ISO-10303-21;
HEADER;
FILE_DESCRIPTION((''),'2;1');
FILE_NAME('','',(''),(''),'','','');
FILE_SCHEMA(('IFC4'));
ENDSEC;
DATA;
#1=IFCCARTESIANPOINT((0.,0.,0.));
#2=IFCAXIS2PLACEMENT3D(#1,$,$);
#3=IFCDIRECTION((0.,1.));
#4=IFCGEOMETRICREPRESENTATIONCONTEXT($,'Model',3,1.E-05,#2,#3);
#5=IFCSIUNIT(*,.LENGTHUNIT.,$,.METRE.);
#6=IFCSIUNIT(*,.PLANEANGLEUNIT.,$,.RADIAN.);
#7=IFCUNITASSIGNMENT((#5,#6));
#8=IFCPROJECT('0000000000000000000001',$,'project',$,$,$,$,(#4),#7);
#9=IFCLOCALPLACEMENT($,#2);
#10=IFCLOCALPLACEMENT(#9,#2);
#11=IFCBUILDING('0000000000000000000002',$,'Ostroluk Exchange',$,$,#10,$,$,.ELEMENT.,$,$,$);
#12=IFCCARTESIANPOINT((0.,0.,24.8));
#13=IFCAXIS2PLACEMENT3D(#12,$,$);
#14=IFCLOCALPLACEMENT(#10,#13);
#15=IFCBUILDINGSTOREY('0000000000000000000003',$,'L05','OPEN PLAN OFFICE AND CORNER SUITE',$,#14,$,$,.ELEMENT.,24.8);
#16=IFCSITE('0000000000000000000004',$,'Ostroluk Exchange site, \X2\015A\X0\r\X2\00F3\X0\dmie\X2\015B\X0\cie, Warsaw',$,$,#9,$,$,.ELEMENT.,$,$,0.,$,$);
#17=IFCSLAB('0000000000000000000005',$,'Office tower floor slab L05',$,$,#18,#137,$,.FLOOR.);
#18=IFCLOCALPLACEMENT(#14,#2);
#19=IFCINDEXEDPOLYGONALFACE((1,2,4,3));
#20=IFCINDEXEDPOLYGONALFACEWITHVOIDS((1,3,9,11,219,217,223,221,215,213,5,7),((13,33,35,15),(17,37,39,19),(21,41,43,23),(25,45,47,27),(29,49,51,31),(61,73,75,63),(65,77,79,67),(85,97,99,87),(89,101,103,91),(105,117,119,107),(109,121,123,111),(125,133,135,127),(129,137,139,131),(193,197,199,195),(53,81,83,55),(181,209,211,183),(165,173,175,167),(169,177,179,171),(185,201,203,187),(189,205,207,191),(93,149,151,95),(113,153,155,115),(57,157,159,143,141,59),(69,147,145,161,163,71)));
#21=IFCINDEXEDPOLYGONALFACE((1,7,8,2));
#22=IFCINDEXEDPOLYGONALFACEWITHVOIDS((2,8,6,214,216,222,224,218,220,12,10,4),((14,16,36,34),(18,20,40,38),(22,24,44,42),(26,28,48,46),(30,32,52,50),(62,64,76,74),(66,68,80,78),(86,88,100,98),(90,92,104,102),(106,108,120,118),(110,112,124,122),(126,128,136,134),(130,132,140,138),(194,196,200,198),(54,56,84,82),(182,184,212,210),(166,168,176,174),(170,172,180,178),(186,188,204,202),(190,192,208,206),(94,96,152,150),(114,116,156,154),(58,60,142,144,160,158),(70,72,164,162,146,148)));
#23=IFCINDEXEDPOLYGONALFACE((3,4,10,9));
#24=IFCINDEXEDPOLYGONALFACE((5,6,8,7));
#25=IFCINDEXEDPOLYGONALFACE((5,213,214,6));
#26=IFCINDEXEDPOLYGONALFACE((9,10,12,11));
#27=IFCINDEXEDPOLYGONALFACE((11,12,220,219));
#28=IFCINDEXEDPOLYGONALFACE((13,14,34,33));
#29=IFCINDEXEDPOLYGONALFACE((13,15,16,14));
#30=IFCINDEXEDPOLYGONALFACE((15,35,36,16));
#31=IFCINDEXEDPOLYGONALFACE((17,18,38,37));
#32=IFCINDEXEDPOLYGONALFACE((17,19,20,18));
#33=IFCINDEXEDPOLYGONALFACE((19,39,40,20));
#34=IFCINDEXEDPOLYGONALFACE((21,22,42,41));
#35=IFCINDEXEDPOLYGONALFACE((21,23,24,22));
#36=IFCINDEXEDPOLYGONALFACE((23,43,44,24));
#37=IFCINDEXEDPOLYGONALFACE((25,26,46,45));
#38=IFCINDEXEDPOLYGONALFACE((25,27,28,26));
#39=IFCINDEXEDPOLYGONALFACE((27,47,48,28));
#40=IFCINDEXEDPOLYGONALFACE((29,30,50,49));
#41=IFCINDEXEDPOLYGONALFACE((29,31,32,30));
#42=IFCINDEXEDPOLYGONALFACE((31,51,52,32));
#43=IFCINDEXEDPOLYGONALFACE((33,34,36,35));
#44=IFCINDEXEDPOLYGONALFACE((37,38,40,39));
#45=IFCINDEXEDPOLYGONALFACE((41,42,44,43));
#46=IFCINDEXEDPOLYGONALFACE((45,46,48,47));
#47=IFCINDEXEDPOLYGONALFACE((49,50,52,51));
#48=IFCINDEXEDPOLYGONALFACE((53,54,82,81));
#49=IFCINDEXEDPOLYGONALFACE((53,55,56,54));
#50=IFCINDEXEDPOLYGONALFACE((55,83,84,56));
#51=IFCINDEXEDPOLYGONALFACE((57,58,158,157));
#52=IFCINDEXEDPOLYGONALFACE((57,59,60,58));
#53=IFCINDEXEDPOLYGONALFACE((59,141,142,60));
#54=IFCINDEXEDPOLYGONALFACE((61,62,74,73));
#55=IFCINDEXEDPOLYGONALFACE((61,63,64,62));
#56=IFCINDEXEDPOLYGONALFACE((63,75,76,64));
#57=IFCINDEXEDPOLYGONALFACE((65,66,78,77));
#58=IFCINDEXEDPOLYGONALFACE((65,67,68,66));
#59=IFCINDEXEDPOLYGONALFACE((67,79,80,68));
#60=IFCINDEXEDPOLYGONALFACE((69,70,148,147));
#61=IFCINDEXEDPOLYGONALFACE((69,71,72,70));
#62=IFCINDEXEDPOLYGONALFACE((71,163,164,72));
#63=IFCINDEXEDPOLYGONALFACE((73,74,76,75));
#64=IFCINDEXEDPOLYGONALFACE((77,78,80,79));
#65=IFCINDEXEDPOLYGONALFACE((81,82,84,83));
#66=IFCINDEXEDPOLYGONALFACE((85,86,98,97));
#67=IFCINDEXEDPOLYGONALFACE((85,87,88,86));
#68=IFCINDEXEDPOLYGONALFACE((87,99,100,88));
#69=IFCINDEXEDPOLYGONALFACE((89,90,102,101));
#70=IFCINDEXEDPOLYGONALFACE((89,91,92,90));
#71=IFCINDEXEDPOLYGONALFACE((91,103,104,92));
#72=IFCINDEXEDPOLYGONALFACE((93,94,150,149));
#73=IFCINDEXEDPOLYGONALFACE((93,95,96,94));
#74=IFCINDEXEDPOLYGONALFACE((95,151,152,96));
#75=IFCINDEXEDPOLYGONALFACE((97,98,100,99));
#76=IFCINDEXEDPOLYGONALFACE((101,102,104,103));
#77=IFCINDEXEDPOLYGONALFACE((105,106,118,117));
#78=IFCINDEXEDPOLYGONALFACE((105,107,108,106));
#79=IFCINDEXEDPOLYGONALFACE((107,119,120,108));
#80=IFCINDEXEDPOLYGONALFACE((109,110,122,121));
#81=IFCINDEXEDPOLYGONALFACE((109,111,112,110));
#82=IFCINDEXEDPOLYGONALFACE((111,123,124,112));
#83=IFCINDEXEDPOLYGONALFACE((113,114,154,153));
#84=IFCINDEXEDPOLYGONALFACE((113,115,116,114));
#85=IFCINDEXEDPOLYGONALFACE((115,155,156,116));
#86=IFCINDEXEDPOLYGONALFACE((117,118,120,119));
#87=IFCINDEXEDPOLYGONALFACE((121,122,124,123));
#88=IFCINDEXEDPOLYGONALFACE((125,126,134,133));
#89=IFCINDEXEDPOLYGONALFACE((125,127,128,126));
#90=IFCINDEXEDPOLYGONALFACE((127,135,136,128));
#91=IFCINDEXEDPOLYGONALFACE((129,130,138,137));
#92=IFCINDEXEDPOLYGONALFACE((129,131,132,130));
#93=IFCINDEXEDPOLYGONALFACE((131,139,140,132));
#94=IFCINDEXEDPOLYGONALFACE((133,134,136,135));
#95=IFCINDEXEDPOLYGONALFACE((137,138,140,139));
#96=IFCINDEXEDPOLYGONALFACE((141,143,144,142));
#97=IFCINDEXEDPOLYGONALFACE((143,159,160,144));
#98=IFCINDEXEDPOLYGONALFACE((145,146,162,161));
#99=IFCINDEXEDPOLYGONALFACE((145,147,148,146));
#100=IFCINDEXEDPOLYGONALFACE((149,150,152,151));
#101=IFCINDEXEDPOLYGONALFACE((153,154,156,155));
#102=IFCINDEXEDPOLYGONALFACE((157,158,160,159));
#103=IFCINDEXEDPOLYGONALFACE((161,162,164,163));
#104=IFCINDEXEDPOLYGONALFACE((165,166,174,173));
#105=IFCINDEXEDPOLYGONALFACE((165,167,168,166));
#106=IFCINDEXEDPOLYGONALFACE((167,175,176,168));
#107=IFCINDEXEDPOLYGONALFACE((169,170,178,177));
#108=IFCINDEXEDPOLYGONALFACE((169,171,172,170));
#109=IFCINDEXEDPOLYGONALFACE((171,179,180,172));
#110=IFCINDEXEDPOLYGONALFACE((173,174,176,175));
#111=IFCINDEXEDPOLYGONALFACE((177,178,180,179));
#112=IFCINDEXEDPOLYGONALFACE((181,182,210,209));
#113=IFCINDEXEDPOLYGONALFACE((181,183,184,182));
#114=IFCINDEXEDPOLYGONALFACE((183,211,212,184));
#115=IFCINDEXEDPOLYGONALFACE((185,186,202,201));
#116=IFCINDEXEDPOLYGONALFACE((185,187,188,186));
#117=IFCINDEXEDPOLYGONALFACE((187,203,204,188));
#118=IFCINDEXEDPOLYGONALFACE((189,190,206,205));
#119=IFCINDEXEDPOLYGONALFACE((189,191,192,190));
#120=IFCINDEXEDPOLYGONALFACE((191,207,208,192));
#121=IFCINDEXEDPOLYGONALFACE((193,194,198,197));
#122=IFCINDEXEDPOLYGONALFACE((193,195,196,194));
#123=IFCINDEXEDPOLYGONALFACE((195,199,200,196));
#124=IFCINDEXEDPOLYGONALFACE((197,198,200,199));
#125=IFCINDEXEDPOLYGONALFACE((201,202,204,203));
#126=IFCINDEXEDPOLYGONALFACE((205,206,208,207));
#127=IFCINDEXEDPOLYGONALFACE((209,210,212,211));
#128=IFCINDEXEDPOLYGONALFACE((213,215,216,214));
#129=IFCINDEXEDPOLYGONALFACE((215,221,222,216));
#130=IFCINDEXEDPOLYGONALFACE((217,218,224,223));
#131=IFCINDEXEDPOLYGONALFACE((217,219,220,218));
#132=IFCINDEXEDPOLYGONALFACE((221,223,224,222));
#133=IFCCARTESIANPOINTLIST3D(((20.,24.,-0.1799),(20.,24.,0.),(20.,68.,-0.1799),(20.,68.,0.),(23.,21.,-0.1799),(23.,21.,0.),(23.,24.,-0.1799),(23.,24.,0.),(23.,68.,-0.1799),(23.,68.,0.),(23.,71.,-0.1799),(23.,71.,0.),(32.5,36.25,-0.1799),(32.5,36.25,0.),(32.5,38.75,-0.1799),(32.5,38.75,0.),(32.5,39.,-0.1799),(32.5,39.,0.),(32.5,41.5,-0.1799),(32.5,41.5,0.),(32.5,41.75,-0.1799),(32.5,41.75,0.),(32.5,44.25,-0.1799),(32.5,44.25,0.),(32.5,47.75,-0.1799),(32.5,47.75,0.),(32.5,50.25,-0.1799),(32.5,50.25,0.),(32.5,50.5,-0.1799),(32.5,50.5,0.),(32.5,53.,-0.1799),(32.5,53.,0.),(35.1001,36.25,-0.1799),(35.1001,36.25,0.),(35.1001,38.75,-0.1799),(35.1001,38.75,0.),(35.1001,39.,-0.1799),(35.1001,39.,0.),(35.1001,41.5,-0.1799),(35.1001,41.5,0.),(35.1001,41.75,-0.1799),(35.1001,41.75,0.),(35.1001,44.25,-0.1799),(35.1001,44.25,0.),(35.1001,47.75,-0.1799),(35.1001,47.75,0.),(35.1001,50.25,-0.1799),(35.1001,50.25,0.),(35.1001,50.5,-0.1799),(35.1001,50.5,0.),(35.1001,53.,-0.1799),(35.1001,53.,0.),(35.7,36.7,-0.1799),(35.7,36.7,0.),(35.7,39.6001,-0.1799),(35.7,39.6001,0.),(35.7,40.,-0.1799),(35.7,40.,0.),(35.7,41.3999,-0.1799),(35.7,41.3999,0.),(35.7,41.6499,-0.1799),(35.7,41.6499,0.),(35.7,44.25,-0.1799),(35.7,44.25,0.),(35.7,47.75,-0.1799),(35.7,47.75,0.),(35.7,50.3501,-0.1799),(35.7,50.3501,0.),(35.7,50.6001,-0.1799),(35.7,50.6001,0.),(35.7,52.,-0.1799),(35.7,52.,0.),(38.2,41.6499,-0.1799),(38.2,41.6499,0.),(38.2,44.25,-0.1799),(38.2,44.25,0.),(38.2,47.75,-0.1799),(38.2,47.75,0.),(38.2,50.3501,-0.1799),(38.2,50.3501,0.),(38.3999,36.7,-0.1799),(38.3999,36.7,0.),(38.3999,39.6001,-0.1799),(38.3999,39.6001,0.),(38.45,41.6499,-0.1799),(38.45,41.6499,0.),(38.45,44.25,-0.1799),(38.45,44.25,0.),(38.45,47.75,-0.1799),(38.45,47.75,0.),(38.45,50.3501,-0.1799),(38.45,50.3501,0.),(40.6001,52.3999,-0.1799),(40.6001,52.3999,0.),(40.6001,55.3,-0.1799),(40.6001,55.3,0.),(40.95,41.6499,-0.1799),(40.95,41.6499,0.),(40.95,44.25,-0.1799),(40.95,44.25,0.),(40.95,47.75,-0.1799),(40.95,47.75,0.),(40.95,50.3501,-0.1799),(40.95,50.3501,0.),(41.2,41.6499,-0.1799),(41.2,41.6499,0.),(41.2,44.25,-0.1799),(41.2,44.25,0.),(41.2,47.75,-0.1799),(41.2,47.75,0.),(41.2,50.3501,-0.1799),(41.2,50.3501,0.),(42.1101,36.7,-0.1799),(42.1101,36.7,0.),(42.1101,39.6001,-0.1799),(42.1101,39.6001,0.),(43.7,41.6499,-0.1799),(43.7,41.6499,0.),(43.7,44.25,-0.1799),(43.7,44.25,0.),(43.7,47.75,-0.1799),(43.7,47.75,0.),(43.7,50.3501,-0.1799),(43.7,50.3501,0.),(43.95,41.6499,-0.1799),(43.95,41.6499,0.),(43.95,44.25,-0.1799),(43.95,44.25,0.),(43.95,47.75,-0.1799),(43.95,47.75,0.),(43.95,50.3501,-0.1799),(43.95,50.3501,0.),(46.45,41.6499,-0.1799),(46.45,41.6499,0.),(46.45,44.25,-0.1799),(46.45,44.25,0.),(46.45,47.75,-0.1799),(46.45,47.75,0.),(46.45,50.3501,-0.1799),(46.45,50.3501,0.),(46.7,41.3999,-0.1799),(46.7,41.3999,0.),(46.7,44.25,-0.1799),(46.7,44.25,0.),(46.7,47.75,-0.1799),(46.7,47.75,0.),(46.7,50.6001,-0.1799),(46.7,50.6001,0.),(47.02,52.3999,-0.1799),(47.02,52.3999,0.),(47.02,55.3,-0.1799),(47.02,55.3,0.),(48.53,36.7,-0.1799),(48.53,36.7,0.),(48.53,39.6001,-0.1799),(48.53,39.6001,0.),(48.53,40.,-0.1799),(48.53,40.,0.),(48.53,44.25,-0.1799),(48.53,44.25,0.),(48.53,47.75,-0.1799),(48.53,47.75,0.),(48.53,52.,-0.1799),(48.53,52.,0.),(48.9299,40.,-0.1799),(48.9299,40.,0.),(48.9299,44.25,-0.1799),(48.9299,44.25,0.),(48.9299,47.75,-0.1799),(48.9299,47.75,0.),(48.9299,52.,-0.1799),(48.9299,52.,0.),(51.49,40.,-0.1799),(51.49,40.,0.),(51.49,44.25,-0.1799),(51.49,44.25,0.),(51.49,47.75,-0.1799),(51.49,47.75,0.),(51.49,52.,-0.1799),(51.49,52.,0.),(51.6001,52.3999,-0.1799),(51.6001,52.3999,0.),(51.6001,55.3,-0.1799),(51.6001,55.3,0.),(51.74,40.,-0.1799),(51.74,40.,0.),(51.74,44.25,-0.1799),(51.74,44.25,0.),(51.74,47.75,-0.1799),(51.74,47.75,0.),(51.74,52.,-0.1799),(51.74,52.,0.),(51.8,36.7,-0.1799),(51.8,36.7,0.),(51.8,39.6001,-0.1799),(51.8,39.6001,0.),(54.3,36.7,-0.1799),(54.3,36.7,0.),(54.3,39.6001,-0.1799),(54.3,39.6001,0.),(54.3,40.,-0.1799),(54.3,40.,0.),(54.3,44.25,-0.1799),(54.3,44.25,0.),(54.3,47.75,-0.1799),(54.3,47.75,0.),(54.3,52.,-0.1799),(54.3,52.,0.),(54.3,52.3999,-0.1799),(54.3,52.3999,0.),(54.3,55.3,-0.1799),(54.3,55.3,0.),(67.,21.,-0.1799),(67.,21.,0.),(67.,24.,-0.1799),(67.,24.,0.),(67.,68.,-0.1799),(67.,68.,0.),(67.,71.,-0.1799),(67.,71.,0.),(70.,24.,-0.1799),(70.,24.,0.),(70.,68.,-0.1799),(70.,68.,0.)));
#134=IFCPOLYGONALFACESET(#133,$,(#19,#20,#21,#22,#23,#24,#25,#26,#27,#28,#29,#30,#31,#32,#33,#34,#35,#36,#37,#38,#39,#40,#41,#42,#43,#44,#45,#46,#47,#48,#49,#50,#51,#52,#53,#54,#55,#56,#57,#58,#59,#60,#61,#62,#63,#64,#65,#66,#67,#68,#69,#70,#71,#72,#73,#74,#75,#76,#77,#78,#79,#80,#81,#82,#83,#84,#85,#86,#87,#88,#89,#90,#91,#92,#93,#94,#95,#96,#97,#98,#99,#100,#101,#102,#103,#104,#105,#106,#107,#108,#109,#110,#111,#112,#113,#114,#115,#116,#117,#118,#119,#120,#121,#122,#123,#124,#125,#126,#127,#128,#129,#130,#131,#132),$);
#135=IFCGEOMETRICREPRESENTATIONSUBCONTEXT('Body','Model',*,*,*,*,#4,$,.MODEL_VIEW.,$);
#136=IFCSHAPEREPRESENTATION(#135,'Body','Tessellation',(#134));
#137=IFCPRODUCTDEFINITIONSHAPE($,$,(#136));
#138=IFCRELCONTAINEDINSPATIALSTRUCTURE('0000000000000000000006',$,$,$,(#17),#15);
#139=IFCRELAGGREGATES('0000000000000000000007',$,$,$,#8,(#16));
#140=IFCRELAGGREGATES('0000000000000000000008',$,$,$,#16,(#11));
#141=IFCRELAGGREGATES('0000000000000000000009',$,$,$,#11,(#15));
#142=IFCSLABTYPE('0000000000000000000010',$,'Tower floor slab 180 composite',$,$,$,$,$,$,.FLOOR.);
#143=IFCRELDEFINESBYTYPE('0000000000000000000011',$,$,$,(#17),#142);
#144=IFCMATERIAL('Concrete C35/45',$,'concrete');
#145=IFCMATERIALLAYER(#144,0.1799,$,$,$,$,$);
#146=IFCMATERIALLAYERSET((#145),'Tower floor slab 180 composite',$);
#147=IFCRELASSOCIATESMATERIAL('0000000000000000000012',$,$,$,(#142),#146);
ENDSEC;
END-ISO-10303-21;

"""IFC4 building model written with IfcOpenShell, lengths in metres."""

from ifc_helpers import new_model, si_unit, direction, frame, origin, place, context, subcontext, project, spatial, polyline, outline, extrude, material, layer, layer_set, type_object, element, save


model = new_model("IFC4")

# Units and contexts
model_context = context("Model", 3, precision=1e-05, world=origin(), true_north=direction((0.0, 1.0)))
body_context = subcontext(model_context, "Body", "Model", "MODEL_VIEW")
ifc_project = project(units=[si_unit("LENGTHUNIT", "METRE"), si_unit("PLANEANGLEUNIT", "RADIAN")], contexts=[model_context])

# Site, building, storey
site_placement = place(None, origin())
site = spatial("IfcSite", under=ifc_project, at=site_placement, Name="Ostroluk Exchange site, Śródmieście, Warsaw", CompositionType="ELEMENT", RefElevation=0.0)
building_placement = place(site_placement, origin())
building = spatial("IfcBuilding", under=site, at=building_placement, Name="Ostroluk Exchange", CompositionType="ELEMENT")
storey_placement = place(building_placement, frame((0.0, 0.0, 24.8)))
storey = spatial("IfcBuildingStorey", under=building, at=storey_placement, Name="L05", Description="OPEN PLAN OFFICE AND CORNER SUITE", CompositionType="ELEMENT", Elevation=24.8)

# Slab
ifc_material_1 = material(Name="Concrete C35/45", Category="concrete")
ifc_layer_1 = layer(ifc_material_1, 0.1799)
ifc_layer_set_1 = layer_set([ifc_layer_1], Name="Tower floor slab 180 composite")
slab_type_1 = type_object("IfcSlabType", Name="Tower floor slab 180 composite", PredefinedType="FLOOR", material=ifc_layer_set_1)
slab_1_placement = place(storey_placement, frame((0.0, 0.0, -0.1799)))
element("IfcSlab", 1, at=slab_1_placement, inside=storey, type_object=slab_type_1, Name="Office tower floor slab L05", PredefinedType="FLOOR", context=body_context, shape_type="SweptSolid", body=[
    extrude(outline(polyline([(23.0, 21.0), (67.0, 21.0), (67.0, 24.0), (70.0, 24.0), (70.0, 68.0), (67.0, 68.0), (67.0, 71.0), (23.0, 71.0), (23.0, 68.0), (20.0, 68.0), (20.0, 24.0), (23.0, 24.0), (23.0, 21.0)]), holes=[polyline([(35.7, 36.7), (38.3999, 36.7), (38.3999, 39.6001), (35.7, 39.6001), (35.7, 36.7)]), polyline([(42.1101, 36.7), (48.53, 36.7), (48.53, 39.6001), (42.1101, 39.6001), (42.1101, 36.7)]), polyline([(51.8, 36.7), (54.3, 36.7), (54.3, 39.6001), (51.8, 39.6001), (51.8, 36.7)]), polyline([(40.6001, 52.3999), (47.02, 52.3999), (47.02, 55.3), (40.6001, 55.3), (40.6001, 52.3999)]), polyline([(51.6001, 52.3999), (54.3, 52.3999), (54.3, 55.3), (51.6001, 55.3), (51.6001, 52.3999)]), polyline([(35.7, 47.75), (38.2, 47.75), (38.2, 50.3501), (35.7, 50.3501), (35.7, 47.75)]), polyline([(38.45, 47.75), (40.95, 47.75), (40.95, 50.3501), (38.45, 50.3501), (38.45, 47.75)]), polyline([(41.2, 47.75), (43.7, 47.75), (43.7, 50.3501), (41.2, 50.3501), (41.2, 47.75)]), polyline([(43.95, 47.75), (46.45, 47.75), (46.45, 50.3501), (43.95, 50.3501), (43.95, 47.75)]), polyline([(35.7, 41.6499), (38.2, 41.6499), (38.2, 44.25), (35.7, 44.25), (35.7, 41.6499)]), polyline([(38.45, 41.6499), (40.95, 41.6499), (40.95, 44.25), (38.45, 44.25), (38.45, 41.6499)]), polyline([(41.2, 41.6499), (43.7, 41.6499), (43.7, 44.25), (41.2, 44.25), (41.2, 41.6499)]), polyline([(43.95, 41.6499), (46.45, 41.6499), (46.45, 44.25), (43.95, 44.25), (43.95, 41.6499)]), polyline([(48.9299, 47.75), (51.49, 47.75), (51.49, 52.0), (48.9299, 52.0), (48.9299, 47.75)]), polyline([(51.74, 47.75), (54.3, 47.75), (54.3, 52.0), (51.74, 52.0), (51.74, 47.75)]), polyline([(48.9299, 40.0), (51.49, 40.0), (51.49, 44.25), (48.9299, 44.25), (48.9299, 40.0)]), polyline([(51.74, 40.0), (54.3, 40.0), (54.3, 44.25), (51.74, 44.25), (51.74, 40.0)]), polyline([(48.53, 52.0), (48.53, 47.75), (46.7, 47.75), (46.7, 50.6001), (35.7, 50.6001), (35.7, 52.0), (48.53, 52.0)]), polyline([(35.7, 40.0), (35.7, 41.3999), (46.7, 41.3999), (46.7, 44.25), (48.53, 44.25), (48.53, 40.0), (35.7, 40.0)]), polyline([(32.5, 36.25), (35.1001, 36.25), (35.1001, 38.75), (32.5, 38.75), (32.5, 36.25)]), polyline([(32.5, 39.0), (35.1001, 39.0), (35.1001, 41.5), (32.5, 41.5), (32.5, 39.0)]), polyline([(32.5, 41.75), (35.1001, 41.75), (35.1001, 44.25), (32.5, 44.25), (32.5, 41.75)]), polyline([(32.5, 47.75), (35.1001, 47.75), (35.1001, 50.25), (32.5, 50.25), (32.5, 47.75)]), polyline([(32.5, 50.5), (35.1001, 50.5), (35.1001, 53.0), (32.5, 53.0), (32.5, 50.5)])]), origin(), (0.0, 0.0, 1.0), 0.1799),
])

save(model, "model.ifc")
